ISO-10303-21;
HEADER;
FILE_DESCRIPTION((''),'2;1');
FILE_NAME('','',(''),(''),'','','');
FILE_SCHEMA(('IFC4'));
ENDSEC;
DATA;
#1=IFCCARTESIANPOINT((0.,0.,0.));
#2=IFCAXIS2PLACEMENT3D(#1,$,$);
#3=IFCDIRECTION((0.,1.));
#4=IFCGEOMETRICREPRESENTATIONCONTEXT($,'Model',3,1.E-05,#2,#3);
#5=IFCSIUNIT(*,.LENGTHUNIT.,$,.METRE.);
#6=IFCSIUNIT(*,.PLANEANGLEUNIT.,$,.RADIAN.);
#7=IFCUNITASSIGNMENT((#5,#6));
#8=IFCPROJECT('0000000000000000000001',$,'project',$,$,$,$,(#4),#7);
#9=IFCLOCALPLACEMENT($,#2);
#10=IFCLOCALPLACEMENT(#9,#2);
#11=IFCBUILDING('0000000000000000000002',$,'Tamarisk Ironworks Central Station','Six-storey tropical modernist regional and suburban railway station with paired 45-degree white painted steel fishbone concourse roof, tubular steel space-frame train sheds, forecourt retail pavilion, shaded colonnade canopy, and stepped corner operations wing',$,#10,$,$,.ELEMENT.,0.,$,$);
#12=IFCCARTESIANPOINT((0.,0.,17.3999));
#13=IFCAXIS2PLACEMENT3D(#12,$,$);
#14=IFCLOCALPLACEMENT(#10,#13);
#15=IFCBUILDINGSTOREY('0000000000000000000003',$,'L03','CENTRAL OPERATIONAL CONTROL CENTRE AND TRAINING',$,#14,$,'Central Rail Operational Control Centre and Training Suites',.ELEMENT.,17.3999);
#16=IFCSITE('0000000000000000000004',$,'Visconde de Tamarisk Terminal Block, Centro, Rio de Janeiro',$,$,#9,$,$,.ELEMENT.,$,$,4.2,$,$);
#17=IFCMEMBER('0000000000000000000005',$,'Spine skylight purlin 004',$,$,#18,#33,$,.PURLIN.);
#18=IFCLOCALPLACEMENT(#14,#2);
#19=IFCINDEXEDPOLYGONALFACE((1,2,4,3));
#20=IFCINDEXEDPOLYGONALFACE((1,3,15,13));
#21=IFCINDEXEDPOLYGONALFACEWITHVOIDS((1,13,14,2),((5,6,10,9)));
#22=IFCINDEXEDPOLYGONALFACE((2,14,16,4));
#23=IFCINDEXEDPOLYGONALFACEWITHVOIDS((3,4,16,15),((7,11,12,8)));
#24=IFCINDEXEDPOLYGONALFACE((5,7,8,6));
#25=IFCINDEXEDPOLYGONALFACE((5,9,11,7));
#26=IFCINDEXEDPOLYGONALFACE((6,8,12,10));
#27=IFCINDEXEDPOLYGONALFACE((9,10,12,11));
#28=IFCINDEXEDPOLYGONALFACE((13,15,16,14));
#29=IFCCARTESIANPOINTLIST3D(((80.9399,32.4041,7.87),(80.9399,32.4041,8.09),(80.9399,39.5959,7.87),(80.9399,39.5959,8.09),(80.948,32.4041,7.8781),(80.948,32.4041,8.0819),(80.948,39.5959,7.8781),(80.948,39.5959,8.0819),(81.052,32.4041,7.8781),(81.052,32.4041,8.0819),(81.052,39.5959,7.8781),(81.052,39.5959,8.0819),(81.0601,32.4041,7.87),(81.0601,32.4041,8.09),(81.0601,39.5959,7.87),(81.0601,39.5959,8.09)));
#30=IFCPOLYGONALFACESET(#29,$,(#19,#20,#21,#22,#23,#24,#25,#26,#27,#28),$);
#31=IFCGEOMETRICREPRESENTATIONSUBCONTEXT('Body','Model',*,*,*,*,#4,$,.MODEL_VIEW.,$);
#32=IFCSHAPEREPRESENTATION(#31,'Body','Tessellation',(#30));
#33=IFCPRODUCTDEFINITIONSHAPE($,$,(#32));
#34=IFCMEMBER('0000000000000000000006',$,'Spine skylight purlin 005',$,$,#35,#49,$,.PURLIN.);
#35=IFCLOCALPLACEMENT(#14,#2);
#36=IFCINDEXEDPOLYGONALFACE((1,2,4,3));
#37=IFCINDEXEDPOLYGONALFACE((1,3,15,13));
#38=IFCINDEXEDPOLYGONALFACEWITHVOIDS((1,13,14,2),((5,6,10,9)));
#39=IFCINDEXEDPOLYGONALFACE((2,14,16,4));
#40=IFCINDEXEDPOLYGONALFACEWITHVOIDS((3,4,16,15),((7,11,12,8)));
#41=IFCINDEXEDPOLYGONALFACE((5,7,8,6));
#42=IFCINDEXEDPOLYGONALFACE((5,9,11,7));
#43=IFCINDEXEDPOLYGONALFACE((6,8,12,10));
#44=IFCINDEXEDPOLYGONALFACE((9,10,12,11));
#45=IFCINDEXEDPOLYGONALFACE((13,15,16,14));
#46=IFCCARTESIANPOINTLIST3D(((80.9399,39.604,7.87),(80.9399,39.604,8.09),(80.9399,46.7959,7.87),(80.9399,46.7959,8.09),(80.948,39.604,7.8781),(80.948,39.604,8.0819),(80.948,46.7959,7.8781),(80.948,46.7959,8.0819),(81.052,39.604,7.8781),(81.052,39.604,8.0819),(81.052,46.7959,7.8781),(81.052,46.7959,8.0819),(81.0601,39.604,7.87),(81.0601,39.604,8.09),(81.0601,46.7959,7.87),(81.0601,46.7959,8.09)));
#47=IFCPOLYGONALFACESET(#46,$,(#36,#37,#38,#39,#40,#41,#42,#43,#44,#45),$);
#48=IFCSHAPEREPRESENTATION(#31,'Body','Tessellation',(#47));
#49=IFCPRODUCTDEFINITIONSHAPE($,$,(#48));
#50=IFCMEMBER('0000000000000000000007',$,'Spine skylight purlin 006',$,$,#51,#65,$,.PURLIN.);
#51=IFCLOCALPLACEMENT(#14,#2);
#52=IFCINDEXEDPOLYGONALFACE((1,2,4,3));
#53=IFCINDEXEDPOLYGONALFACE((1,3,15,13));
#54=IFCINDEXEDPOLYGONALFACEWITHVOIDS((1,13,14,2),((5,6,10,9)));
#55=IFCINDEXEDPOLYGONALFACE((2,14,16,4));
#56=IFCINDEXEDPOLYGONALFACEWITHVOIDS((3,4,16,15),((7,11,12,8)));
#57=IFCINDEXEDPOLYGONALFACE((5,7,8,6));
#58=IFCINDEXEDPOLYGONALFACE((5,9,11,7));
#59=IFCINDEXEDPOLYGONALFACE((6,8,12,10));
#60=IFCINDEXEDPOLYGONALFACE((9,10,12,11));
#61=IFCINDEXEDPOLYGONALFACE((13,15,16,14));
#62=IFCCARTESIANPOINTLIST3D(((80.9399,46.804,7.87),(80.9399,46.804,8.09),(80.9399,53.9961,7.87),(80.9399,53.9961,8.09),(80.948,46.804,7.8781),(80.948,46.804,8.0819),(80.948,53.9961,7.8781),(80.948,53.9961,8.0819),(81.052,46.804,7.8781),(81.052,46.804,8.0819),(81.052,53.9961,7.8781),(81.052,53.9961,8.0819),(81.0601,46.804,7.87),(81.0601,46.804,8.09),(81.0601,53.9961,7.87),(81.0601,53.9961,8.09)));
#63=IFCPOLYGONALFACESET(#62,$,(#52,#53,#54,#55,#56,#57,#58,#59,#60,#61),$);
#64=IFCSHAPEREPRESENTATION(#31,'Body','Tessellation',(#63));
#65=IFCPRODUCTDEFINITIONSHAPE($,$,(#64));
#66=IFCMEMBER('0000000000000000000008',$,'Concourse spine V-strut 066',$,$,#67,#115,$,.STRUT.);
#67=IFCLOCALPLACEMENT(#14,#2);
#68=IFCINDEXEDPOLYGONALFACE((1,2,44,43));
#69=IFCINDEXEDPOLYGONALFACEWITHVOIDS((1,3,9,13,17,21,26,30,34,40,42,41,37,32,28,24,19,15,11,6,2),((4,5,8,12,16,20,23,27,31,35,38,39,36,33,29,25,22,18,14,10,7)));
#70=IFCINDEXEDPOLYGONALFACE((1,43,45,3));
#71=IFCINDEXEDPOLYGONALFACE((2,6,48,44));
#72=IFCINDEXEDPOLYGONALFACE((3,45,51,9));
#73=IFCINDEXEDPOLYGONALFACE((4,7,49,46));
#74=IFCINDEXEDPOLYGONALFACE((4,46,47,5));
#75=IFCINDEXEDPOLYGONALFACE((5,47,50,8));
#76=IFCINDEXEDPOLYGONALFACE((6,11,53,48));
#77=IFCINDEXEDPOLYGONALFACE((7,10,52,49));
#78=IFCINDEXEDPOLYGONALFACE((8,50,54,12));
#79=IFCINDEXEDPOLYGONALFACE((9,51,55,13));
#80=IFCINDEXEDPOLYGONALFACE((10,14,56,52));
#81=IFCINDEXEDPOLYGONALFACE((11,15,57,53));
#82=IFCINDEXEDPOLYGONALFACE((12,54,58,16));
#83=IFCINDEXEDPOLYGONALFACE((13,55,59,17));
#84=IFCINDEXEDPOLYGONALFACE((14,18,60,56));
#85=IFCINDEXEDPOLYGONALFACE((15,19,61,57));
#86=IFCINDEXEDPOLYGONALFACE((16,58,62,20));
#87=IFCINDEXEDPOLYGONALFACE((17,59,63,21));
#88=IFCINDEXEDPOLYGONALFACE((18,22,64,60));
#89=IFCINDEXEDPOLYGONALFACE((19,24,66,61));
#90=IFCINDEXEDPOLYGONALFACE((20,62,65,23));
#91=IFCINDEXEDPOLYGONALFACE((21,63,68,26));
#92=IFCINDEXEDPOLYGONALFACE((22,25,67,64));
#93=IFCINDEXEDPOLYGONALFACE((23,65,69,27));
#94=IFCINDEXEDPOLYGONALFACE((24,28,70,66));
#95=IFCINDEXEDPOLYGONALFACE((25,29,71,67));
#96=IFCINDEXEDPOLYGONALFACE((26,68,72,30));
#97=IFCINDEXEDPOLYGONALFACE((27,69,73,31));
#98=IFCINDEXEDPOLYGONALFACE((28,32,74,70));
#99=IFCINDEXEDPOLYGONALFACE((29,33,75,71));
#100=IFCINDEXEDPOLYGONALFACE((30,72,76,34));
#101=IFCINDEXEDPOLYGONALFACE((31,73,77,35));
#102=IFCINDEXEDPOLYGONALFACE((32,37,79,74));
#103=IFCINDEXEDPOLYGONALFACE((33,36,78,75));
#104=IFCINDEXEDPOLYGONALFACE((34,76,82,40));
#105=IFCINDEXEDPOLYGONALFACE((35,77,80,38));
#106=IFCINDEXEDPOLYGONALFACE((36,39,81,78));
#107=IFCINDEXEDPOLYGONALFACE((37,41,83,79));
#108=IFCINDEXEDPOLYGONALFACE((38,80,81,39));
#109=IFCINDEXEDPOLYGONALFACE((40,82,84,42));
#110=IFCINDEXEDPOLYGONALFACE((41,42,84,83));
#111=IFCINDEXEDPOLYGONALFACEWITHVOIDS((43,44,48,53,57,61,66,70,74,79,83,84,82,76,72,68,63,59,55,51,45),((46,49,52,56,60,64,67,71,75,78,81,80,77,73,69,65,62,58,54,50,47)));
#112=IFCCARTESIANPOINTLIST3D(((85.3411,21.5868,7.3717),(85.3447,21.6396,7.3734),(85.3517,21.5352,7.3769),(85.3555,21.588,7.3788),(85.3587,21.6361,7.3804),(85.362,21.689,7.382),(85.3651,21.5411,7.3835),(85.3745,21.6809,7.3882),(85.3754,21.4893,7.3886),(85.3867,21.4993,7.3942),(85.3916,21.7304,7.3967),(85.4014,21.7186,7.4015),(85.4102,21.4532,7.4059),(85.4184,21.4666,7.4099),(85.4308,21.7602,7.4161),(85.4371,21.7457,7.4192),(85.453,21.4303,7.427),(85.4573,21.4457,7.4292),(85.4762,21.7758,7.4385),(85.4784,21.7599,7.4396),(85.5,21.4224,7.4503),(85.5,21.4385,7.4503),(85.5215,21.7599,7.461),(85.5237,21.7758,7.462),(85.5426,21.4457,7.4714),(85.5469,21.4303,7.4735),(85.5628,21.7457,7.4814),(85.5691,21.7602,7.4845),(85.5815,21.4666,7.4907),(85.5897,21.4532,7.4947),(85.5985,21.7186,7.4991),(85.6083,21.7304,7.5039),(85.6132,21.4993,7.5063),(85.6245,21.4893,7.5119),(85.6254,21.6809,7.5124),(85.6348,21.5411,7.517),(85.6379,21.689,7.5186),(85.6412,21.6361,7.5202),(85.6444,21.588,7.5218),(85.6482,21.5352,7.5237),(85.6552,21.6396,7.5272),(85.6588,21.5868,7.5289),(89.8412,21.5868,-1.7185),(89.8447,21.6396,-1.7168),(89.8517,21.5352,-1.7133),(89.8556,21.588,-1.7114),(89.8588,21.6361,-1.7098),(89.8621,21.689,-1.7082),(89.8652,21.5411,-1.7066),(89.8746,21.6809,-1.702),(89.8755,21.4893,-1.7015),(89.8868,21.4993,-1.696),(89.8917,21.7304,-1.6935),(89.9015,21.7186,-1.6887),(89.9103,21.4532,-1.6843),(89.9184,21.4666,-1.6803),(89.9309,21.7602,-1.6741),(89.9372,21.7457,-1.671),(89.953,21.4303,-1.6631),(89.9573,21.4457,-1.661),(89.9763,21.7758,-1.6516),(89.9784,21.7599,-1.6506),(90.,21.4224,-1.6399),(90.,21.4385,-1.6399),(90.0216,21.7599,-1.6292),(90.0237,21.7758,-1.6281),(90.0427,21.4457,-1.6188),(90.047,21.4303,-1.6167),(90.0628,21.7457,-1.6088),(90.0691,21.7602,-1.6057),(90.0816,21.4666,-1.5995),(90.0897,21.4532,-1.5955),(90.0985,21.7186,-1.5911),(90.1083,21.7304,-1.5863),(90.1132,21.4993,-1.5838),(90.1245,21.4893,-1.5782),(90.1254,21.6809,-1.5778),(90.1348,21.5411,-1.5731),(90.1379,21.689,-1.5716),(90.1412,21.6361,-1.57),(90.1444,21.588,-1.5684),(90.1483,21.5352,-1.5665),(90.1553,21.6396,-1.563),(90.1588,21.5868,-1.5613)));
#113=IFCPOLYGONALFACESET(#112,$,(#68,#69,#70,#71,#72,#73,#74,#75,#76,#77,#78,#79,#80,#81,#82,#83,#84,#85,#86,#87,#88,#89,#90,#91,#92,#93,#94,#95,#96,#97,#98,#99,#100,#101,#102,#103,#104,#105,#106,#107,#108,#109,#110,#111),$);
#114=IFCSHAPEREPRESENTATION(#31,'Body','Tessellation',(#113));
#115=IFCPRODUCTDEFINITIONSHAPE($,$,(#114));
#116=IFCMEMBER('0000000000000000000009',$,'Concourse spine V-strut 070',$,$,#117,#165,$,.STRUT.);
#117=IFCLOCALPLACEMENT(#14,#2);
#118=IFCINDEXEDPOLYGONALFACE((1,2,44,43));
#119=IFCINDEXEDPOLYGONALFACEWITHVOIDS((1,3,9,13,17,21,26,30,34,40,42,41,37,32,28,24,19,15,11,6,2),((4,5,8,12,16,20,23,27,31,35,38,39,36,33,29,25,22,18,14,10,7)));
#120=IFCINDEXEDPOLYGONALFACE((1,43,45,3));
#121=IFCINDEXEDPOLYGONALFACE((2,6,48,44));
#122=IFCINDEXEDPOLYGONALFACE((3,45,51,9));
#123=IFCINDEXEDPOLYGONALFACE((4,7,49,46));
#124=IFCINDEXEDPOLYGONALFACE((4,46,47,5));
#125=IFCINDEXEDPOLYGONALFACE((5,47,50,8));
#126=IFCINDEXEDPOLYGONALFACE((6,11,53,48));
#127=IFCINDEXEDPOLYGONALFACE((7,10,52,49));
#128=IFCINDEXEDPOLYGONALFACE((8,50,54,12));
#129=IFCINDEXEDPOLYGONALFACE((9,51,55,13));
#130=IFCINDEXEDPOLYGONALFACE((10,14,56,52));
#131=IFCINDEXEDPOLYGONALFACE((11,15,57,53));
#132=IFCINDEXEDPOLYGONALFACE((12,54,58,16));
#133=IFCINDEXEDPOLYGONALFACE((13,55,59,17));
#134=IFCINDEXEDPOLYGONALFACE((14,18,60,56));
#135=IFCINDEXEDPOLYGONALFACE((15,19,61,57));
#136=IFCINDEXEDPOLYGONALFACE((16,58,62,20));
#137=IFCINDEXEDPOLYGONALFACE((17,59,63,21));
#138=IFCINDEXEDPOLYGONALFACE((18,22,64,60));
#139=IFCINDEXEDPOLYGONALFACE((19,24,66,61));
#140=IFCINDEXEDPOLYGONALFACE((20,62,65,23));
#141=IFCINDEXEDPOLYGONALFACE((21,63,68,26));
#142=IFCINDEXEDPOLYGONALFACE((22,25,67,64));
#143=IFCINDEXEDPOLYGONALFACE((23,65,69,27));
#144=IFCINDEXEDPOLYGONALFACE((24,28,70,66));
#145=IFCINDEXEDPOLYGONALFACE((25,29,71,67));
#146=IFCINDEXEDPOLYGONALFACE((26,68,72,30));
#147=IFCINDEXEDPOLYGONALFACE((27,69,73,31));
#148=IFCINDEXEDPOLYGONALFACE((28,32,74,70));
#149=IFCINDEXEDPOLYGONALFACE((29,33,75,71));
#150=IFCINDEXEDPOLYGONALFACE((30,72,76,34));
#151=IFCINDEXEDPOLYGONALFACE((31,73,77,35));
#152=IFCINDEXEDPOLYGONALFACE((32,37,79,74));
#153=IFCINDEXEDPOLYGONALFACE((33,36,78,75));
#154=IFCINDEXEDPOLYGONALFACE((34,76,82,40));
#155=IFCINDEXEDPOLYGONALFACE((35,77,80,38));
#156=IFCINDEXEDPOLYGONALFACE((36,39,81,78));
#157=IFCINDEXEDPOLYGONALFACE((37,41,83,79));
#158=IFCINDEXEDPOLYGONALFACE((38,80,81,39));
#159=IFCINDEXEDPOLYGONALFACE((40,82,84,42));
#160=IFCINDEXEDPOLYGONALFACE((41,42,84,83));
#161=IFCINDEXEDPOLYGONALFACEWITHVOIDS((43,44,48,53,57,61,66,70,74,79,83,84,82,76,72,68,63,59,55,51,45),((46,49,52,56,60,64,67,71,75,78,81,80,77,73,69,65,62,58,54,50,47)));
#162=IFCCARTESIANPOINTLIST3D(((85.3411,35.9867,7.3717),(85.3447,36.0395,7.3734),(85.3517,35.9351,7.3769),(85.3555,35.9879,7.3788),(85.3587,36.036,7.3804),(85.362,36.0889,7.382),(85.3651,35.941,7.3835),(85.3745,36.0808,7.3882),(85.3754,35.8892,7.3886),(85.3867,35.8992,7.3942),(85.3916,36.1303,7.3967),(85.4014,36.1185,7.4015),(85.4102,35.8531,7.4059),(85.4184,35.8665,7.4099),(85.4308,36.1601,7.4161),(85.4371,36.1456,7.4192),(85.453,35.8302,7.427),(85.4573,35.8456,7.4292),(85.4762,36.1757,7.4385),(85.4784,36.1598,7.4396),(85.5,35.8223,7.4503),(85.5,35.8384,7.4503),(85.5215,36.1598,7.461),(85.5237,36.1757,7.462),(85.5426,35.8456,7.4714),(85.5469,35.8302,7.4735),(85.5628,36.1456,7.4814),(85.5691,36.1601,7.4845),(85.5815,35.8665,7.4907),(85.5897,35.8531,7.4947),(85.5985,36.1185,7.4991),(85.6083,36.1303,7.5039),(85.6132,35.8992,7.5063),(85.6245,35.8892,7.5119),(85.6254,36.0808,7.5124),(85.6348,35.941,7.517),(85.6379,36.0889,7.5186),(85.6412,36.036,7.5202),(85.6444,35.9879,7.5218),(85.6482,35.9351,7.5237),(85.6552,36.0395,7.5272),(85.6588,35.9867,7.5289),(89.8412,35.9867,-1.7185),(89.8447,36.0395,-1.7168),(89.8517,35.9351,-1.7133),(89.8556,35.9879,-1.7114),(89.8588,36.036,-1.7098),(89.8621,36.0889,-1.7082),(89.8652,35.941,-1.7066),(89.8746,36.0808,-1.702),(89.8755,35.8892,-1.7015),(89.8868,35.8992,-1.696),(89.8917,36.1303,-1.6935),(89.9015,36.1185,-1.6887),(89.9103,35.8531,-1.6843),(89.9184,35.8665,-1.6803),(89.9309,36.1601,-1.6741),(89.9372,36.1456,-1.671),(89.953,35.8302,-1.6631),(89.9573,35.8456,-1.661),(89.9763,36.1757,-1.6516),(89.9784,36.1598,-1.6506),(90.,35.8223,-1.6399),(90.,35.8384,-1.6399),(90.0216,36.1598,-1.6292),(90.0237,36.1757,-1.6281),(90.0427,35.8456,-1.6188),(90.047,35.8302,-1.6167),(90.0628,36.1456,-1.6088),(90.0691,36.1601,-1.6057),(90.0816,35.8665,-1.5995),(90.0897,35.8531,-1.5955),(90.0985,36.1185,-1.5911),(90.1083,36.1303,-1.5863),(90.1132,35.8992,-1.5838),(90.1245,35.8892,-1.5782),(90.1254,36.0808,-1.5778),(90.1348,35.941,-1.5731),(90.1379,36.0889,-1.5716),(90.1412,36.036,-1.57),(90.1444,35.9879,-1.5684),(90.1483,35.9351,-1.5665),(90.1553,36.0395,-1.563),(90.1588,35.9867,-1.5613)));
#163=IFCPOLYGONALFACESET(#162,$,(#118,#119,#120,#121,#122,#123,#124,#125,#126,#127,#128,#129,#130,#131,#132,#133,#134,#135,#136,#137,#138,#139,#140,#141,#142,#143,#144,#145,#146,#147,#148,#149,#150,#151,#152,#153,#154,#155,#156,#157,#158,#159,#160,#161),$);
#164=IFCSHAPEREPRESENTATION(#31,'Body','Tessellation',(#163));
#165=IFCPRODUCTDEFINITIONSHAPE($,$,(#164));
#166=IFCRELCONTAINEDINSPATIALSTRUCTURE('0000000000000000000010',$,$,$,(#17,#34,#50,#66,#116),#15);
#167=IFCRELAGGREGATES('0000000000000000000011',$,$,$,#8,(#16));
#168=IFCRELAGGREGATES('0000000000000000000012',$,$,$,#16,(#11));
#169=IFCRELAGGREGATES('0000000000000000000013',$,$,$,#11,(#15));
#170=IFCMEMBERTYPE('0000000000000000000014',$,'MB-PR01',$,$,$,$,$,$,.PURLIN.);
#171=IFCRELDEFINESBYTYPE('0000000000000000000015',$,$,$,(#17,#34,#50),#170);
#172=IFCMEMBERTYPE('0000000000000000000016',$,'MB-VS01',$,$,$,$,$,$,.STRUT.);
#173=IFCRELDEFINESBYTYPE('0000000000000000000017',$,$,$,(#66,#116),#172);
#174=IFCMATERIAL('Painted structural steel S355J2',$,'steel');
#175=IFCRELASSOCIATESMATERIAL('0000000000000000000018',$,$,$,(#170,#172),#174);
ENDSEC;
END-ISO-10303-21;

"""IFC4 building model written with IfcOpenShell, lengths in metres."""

from ifc_helpers import new_model, si_unit, direction, frame, origin, origin_2d, place, context, subcontext, project, spatial, hollow_rectangle, hollow_circle, extrude, material, material_profile, profile_set, type_object, element, save


model = new_model("IFC4")

# Units and contexts
model_context = context("Model", 3, precision=1e-05, world=origin(), true_north=direction((0.0, 1.0)))
body_context = subcontext(model_context, "Body", "Model", "MODEL_VIEW")
ifc_project = project(units=[si_unit("LENGTHUNIT", "METRE"), si_unit("PLANEANGLEUNIT", "RADIAN")], contexts=[model_context])

# Site, building, storey
site_placement = place(None, origin())
site = spatial("IfcSite", under=ifc_project, at=site_placement, Name="Visconde de Tamarisk Terminal Block, Centro, Rio de Janeiro", CompositionType="ELEMENT", RefElevation=4.2)
building_placement = place(site_placement, origin())
building = spatial("IfcBuilding", under=site, at=building_placement, Name="Tamarisk Ironworks Central Station", Description="Six-storey tropical modernist regional and suburban railway station with paired 45-degree white painted steel fishbone concourse roof, tubular steel space-frame train sheds, forecourt retail pavilion, shaded colonnade canopy, and stepped corner operations wing", CompositionType="ELEMENT", ElevationOfRefHeight=0.0)
storey_placement = place(building_placement, frame((0.0, 0.0, 17.3999)))
storey = spatial("IfcBuildingStorey", under=building, at=storey_placement, Name="L03", Description="CENTRAL OPERATIONAL CONTROL CENTRE AND TRAINING", LongName="Central Rail Operational Control Centre and Training Suites", CompositionType="ELEMENT", Elevation=17.3999)

# Shared definitions
ifc_material_1 = material(Name="Painted structural steel S355J2", Category="steel")

# Members
ifc_material_profile_1 = material_profile(ifc_material_1, hollow_rectangle(XDim=0.1201, YDim=0.22, WallThickness=0.0081, at=origin_2d()), Name="RHS 220x120x8")
ifc_profile_set_1 = profile_set([ifc_material_profile_1], Name="Painted structural steel S355J2")
member_type_1 = type_object("IfcMemberType", Name="MB-PR01", PredefinedType="PURLIN", material=ifc_profile_set_1)
for number, where, z_axis, x_axis, name in (
    (1, (81.0, 32.4041, 7.98), (0.0, 1.0, 0.0), (-1.0, 0.0, 0.0), "Spine skylight purlin 004"),
    (2, (81.0, 39.604, 7.98), (0.0, 1.0, 0.0), (-1.0, 0.0, 0.0), "Spine skylight purlin 005"),
):
    element("IfcMember", number, at=place(storey_placement, frame(where, z_axis=z_axis, x_axis=x_axis)), inside=storey, type_object=member_type_1, Name=name, PredefinedType="PURLIN", context=body_context, shape_type="SweptSolid", body=[
        extrude(hollow_rectangle(XDim=0.1201, YDim=0.22, WallThickness=0.0081, at=origin_2d()), origin(), (0.0, 0.0, 1.0), 7.1919),
    ])
member_1_placement = place(storey_placement, frame((81.0, 46.804, 7.98), z_axis=(0.0, 1.0, 0.0), x_axis=(-1.0, 0.0, 0.0)))
element("IfcMember", 3, at=member_1_placement, inside=storey, type_object=member_type_1, Name="Spine skylight purlin 006", PredefinedType="PURLIN", context=body_context, shape_type="SweptSolid", body=[
    extrude(hollow_rectangle(XDim=0.1201, YDim=0.22, WallThickness=0.0081, at=origin_2d()), origin(), (0.0, 0.0, 1.0), 7.1921),
])
ifc_material_profile_2 = material_profile(ifc_material_1, hollow_circle(Radius=0.1777, WallThickness=0.0161, at=origin_2d()), Name="CHS 355.6x16")
ifc_profile_set_2 = profile_set([ifc_material_profile_2], Name="Painted structural steel S355J2")
member_type_2 = type_object("IfcMemberType", Name="MB-VS01", PredefinedType="STRUT", material=ifc_profile_set_2)
for number, where, z_axis, x_axis, name in (
    (4, (90.0, 21.6001, -1.6399), (-0.443657, 0.0, 0.896196), (0.0, -1.0, 0.0), "Concourse spine V-strut 066"),
    (5, (90.0, 36.0, -1.6399), (-0.443657, 0.0, 0.896196), (0.0, -1.0, 0.0), "Concourse spine V-strut 070"),
):
    element("IfcMember", number, at=place(storey_placement, frame(where, z_axis=z_axis, x_axis=x_axis)), inside=storey, type_object=member_type_2, Name=name, PredefinedType="STRUT", context=body_context, shape_type="SweptSolid", body=[
        extrude(hollow_circle(Radius=0.1777, WallThickness=0.0161, at=origin_2d()), origin(), (0.0, 0.0, 1.0), 10.1431),
    ])

save(model, "model.ifc")
